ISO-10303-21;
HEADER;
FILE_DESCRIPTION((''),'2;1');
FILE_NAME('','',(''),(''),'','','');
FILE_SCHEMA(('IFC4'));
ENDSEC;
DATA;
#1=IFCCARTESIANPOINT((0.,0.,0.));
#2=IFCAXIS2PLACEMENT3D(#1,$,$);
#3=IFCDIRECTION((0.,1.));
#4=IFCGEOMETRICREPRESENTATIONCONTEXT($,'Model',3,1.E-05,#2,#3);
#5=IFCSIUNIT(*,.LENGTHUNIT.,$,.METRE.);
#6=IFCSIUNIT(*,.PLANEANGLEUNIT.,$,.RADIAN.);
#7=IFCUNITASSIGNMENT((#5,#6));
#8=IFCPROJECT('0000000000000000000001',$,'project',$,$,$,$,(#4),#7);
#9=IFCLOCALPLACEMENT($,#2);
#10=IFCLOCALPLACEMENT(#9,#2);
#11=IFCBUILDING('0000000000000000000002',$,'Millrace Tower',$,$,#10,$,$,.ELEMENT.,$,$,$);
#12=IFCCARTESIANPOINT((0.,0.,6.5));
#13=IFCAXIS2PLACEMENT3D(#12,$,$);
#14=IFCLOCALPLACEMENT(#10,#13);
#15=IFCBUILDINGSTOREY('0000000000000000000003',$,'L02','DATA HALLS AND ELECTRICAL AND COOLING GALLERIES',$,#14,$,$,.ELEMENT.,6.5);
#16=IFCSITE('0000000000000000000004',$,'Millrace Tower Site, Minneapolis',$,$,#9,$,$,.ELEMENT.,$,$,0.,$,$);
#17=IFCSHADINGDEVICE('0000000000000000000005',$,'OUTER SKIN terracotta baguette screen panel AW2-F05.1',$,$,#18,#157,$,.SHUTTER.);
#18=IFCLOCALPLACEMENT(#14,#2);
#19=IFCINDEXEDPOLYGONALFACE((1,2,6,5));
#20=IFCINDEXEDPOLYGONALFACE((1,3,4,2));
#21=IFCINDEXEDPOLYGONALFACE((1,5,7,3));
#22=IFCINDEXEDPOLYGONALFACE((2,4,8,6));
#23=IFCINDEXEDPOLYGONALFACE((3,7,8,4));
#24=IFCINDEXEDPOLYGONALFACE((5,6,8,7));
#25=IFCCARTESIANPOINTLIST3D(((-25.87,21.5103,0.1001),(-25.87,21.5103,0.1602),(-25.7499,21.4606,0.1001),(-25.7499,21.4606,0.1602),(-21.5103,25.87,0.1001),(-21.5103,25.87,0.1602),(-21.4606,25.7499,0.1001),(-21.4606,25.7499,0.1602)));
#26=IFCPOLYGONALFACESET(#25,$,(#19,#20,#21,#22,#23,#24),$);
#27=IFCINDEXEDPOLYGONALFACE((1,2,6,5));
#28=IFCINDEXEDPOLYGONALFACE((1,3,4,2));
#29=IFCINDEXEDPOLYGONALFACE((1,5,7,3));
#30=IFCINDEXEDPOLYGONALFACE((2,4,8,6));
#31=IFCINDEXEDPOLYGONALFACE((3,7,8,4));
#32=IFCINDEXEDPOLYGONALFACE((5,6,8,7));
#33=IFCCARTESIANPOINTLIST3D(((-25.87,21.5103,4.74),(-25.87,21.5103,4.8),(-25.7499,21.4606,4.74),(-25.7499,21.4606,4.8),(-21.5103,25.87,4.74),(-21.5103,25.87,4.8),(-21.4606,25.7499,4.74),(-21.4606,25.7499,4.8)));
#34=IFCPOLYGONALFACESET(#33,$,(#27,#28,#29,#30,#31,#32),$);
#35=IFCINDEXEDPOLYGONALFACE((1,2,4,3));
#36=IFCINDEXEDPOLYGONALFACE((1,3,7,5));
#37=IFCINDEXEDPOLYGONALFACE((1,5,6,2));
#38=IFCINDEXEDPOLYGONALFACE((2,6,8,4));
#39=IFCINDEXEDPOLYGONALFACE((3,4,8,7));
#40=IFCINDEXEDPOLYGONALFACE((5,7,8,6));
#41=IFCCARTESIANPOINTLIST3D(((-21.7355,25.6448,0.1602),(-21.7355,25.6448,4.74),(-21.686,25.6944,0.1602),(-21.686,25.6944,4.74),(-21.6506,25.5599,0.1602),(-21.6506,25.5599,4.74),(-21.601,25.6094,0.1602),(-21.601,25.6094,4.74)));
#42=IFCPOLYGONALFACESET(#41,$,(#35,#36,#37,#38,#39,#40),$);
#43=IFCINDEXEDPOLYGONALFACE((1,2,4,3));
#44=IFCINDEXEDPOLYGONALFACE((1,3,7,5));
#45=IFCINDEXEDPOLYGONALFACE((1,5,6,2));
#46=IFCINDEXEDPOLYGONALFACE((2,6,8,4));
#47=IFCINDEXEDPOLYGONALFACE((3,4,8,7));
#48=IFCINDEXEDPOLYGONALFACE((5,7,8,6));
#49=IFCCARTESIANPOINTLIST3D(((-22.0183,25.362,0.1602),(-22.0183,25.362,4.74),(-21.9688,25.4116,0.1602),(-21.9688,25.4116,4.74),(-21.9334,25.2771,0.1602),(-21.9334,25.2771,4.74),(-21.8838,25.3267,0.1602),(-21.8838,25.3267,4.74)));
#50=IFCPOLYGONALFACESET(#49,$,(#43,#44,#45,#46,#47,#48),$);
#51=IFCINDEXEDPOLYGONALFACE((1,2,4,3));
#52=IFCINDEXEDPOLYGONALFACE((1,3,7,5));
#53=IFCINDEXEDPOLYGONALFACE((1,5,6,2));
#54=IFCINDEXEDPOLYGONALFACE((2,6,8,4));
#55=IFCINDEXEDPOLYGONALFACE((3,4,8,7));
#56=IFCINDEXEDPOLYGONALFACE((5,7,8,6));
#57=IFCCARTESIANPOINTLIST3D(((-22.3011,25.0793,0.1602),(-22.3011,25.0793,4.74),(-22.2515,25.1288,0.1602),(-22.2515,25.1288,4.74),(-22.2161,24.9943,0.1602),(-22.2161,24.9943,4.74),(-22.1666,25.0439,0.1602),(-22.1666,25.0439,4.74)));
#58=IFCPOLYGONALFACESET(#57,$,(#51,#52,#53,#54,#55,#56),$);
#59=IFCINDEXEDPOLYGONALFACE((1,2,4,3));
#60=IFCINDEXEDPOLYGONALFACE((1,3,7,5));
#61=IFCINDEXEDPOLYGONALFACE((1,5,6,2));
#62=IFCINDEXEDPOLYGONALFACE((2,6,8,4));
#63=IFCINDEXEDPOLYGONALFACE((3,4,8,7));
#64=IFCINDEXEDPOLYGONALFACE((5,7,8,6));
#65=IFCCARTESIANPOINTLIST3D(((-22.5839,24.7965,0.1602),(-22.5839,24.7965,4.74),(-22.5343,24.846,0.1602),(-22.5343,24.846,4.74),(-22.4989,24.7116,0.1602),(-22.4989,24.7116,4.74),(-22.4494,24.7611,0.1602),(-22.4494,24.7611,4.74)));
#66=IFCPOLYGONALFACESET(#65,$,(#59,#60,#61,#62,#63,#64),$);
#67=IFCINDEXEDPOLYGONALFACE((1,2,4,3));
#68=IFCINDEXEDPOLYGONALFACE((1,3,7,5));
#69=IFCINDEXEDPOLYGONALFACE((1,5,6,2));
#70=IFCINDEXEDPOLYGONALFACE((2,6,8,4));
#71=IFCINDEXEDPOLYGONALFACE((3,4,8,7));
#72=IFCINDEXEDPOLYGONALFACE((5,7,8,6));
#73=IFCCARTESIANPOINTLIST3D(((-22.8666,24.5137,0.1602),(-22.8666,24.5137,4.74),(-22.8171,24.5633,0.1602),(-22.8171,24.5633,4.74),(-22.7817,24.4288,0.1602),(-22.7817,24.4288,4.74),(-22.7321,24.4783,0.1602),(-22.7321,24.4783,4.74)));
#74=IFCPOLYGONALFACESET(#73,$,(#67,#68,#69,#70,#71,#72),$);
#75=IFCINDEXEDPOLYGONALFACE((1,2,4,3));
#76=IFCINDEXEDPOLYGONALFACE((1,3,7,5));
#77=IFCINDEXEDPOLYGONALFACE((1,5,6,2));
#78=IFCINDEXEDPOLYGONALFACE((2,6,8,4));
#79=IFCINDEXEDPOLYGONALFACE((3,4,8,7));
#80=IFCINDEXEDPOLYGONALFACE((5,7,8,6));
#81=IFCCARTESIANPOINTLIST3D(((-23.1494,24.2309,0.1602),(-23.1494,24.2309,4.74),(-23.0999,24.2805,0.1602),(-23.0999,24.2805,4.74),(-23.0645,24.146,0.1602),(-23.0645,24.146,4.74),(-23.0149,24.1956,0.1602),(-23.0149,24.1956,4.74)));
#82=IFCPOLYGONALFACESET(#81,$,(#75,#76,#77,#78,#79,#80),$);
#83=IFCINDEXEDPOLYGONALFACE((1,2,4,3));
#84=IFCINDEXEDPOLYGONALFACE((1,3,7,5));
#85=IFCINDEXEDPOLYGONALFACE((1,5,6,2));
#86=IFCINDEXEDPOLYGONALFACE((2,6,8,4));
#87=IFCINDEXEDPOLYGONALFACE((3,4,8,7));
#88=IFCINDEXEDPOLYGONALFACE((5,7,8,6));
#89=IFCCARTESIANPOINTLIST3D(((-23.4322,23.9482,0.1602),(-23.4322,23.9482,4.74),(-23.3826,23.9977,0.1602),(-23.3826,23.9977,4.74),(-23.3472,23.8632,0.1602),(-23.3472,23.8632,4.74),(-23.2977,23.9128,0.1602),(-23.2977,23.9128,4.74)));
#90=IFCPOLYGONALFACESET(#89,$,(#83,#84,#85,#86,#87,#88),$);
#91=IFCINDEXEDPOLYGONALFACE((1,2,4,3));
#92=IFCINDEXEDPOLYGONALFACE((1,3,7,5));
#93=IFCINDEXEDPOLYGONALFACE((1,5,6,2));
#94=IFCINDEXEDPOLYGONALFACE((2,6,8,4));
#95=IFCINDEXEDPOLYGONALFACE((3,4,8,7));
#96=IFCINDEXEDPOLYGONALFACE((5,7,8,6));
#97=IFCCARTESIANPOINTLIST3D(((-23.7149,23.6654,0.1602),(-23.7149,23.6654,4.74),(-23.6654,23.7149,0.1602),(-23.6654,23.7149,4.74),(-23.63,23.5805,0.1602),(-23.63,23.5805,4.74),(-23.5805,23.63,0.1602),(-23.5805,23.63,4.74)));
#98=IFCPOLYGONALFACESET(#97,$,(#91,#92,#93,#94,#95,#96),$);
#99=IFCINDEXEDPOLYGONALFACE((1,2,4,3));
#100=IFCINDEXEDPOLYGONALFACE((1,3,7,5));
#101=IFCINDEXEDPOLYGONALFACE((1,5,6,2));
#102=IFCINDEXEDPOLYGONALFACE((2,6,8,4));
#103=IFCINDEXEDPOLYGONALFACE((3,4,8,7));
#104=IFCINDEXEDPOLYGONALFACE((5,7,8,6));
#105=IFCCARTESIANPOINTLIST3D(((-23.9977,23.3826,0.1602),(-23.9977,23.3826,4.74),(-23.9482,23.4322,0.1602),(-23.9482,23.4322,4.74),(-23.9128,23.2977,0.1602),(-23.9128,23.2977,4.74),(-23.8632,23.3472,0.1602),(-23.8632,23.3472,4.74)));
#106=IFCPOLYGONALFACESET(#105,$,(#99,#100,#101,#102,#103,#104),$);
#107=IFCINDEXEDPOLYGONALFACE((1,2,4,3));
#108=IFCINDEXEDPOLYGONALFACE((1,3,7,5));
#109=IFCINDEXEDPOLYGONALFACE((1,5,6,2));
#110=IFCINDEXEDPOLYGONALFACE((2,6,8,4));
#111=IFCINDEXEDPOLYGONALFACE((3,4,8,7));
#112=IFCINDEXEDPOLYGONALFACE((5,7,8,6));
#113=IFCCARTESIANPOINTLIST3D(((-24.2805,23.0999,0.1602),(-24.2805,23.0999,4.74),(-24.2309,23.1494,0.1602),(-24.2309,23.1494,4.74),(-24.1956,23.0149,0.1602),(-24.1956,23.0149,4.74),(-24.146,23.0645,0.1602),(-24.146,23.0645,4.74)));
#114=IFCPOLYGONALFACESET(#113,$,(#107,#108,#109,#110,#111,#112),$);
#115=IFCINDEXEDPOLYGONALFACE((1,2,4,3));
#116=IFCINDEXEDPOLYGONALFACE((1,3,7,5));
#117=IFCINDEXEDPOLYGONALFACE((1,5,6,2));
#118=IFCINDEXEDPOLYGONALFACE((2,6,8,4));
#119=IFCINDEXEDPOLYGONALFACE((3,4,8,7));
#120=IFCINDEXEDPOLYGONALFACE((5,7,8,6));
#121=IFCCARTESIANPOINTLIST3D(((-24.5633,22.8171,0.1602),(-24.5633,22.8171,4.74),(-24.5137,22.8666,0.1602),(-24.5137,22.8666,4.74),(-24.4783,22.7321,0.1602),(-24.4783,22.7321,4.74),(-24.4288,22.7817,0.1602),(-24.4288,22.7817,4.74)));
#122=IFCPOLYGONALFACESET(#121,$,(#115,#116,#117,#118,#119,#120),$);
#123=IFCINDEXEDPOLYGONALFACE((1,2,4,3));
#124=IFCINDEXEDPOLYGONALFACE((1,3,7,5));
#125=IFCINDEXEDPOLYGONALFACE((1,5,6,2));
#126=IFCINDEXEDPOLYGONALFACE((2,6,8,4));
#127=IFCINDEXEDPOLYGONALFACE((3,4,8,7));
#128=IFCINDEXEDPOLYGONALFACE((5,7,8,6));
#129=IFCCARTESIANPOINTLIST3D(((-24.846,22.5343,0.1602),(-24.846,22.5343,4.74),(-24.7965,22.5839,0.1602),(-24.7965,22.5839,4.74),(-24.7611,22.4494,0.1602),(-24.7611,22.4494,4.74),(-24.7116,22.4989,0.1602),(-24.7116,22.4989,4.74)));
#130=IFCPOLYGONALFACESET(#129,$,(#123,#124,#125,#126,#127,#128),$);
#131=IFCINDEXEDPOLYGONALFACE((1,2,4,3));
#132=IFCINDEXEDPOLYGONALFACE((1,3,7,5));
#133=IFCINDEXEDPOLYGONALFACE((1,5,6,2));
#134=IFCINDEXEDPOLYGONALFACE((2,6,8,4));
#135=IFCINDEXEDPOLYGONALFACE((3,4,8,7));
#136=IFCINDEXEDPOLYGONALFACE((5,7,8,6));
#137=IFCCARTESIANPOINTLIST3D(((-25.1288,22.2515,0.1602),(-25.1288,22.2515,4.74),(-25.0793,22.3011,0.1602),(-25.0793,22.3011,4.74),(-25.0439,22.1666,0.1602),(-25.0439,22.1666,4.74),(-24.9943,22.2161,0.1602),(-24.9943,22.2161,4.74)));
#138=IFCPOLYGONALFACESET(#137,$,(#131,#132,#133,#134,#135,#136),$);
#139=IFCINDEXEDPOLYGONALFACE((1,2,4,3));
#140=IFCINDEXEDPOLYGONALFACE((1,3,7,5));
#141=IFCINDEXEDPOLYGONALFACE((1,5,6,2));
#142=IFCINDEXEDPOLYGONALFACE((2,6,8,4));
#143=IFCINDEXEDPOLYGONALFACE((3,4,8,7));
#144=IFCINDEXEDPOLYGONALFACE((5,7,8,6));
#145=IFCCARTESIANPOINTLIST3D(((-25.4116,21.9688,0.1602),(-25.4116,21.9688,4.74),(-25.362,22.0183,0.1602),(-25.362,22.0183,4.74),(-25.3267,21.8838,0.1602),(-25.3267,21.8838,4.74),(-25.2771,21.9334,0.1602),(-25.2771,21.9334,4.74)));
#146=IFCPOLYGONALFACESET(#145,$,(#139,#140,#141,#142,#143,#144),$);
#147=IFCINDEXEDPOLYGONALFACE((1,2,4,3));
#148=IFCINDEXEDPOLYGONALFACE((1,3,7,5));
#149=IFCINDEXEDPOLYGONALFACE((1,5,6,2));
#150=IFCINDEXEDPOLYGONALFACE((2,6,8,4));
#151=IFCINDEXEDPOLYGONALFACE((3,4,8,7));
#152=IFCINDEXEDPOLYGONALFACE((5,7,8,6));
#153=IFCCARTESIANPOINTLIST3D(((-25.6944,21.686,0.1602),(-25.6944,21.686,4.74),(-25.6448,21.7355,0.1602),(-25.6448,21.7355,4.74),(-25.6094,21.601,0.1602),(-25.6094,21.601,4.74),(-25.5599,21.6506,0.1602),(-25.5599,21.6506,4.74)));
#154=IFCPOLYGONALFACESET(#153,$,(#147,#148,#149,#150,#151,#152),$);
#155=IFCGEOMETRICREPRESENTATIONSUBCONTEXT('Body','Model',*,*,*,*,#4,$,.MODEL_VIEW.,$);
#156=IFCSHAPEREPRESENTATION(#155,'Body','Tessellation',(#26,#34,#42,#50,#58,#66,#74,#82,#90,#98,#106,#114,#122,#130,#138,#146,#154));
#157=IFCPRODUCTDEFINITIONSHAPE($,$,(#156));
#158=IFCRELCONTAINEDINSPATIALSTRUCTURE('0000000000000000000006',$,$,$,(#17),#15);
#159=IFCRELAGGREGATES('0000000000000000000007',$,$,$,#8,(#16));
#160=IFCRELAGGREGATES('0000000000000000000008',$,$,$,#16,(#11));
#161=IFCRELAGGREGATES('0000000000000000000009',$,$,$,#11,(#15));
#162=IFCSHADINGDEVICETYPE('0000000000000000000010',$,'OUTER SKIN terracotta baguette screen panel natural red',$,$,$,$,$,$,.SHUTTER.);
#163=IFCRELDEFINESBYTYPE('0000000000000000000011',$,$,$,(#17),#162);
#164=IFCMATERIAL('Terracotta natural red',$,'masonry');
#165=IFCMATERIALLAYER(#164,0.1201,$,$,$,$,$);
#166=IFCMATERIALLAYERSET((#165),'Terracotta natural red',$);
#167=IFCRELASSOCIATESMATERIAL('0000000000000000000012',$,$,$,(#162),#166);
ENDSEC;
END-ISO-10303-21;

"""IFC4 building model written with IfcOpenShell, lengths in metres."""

from ifc_helpers import new_model, entity, si_unit, direction, frame, frame_2d, origin, origin_2d, place, context, subcontext, project, spatial, rectangle, extrude, source, transform, mapped, material, layer, layer_set, type_object, element, save


model = new_model("IFC4")

# Units and contexts
model_context = context("Model", 3, precision=1e-05, world=origin(), true_north=direction((0.0, 1.0)))
body_context = subcontext(model_context, "Body", "Model", "MODEL_VIEW")
ifc_project = project(units=[si_unit("LENGTHUNIT", "METRE"), si_unit("PLANEANGLEUNIT", "RADIAN")], contexts=[model_context])

# Site, building, storey
site_placement = place(None, origin())
site = spatial("IfcSite", under=ifc_project, at=site_placement, Name="Millrace Tower Site, Minneapolis", CompositionType="ELEMENT", RefElevation=0.0)
building_placement = place(site_placement, origin())
building = spatial("IfcBuilding", under=site, at=building_placement, Name="Millrace Tower", CompositionType="ELEMENT")
storey_placement = place(building_placement, frame((0.0, 0.0, 6.5)))
storey = spatial("IfcBuildingStorey", under=building, at=storey_placement, Name="L02", Description="DATA HALLS AND ELECTRICAL AND COOLING GALLERIES", CompositionType="ELEMENT", Elevation=6.5)

# Shading device
ifc_material_1 = material(Name="Terracotta natural red", Category="masonry")
ifc_layer_1 = layer(ifc_material_1, 0.1201)
ifc_layer_set_1 = layer_set([ifc_layer_1], Name="Terracotta natural red")
shading_device_type = type_object("IfcShadingDeviceType", Name="OUTER SKIN terracotta baguette screen panel natural red", PredefinedType="SHUTTER", material=ifc_layer_set_1)
cartesian_point_1 = entity("IfcCartesianPoint", [-3.033, 0.0601])
shared_polyline_1 = entity("IfcPolyline", [cartesian_point_1, entity("IfcCartesianPoint", [3.033, 0.0601]), entity("IfcCartesianPoint", [3.0828, -0.0601]), entity("IfcCartesianPoint", [-3.0828, -0.0601]), cartesian_point_1])
shared_shape_1 = source(origin(), body_context, "Body", "SweptSolid", [
    entity("IfcExtrudedAreaSolid", entity("IfcArbitraryClosedProfileDef", "AREA", None, shared_polyline_1), entity("IfcAxis2Placement3D", entity("IfcCartesianPoint", [0.0, 0.0, 0.0])), entity("IfcDirection", [0.0, 0.0, 1.0]), 0.0601),
    entity("IfcExtrudedAreaSolid", entity("IfcArbitraryClosedProfileDef", "AREA", None, shared_polyline_1), entity("IfcAxis2Placement3D", entity("IfcCartesianPoint", [0.0, 0.0, 4.6399])), entity("IfcDirection", [0.0, 0.0, 1.0]), 0.0601),
    extrude(rectangle(XDim=0.0701, YDim=0.1201, at=frame_2d((-2.7993, 0.0))), frame((0.0, 0.0, 0.0601)), (0.0, 0.0, 1.0), 4.5798),
    extrude(rectangle(XDim=0.0701, YDim=0.1201, at=frame_2d((-2.3994, 0.0))), frame((0.0, 0.0, 0.0601)), (0.0, 0.0, 1.0), 4.5798),
    extrude(rectangle(XDim=0.0701, YDim=0.1201, at=frame_2d((-1.9995, 0.0))), frame((0.0, 0.0, 0.0601)), (0.0, 0.0, 1.0), 4.5798),
    extrude(rectangle(XDim=0.0701, YDim=0.1201, at=frame_2d((-1.5996, 0.0))), frame((0.0, 0.0, 0.0601)), (0.0, 0.0, 1.0), 4.5798),
    extrude(rectangle(XDim=0.0701, YDim=0.1201, at=frame_2d((-1.1997, 0.0))), frame((0.0, 0.0, 0.0601)), (0.0, 0.0, 1.0), 4.5798),
    extrude(rectangle(XDim=0.0701, YDim=0.1201, at=frame_2d((-0.7998, 0.0))), frame((0.0, 0.0, 0.0601)), (0.0, 0.0, 1.0), 4.5798),
    extrude(rectangle(XDim=0.0701, YDim=0.1201, at=frame_2d((-0.3999, 0.0))), frame((0.0, 0.0, 0.0601)), (0.0, 0.0, 1.0), 4.5798),
    extrude(rectangle(XDim=0.0701, YDim=0.1201, at=origin_2d()), frame((0.0, 0.0, 0.0601)), (0.0, 0.0, 1.0), 4.5798),
    extrude(rectangle(XDim=0.0701, YDim=0.1201, at=frame_2d((0.3999, 0.0))), frame((0.0, 0.0, 0.0601)), (0.0, 0.0, 1.0), 4.5798),
    extrude(rectangle(XDim=0.0701, YDim=0.1201, at=frame_2d((0.7998, 0.0))), frame((0.0, 0.0, 0.0601)), (0.0, 0.0, 1.0), 4.5798),
    extrude(rectangle(XDim=0.0701, YDim=0.1201, at=frame_2d((1.1997, 0.0))), frame((0.0, 0.0, 0.0601)), (0.0, 0.0, 1.0), 4.5798),
    extrude(rectangle(XDim=0.0701, YDim=0.1201, at=frame_2d((1.5996, 0.0))), frame((0.0, 0.0, 0.0601)), (0.0, 0.0, 1.0), 4.5798),
    extrude(rectangle(XDim=0.0701, YDim=0.1201, at=frame_2d((1.9995, 0.0))), frame((0.0, 0.0, 0.0601)), (0.0, 0.0, 1.0), 4.5798),
    extrude(rectangle(XDim=0.0701, YDim=0.1201, at=frame_2d((2.3994, 0.0))), frame((0.0, 0.0, 0.0601)), (0.0, 0.0, 1.0), 4.5798),
    extrude(rectangle(XDim=0.0701, YDim=0.1201, at=frame_2d((2.7993, 0.0))), frame((0.0, 0.0, 0.0601)), (0.0, 0.0, 1.0), 4.5798),
])
shading_device_1_placement = place(storey_placement, frame((-23.6477, 23.6477, 0.1001), z_axis=(0.0, 0.0, 1.0), x_axis=(-0.707107, -0.707107, 0.0)))
element("IfcShadingDevice", 1, at=shading_device_1_placement, inside=storey, type_object=shading_device_type, Name="OUTER SKIN terracotta baguette screen panel AW2-F05.1", PredefinedType="SHUTTER", context=body_context, shape_type="MappedRepresentation", body=[
    mapped(shared_shape_1, transform((0.0, 0.0, 0.0), scale=1.0)),
])

save(model, "model.ifc")
